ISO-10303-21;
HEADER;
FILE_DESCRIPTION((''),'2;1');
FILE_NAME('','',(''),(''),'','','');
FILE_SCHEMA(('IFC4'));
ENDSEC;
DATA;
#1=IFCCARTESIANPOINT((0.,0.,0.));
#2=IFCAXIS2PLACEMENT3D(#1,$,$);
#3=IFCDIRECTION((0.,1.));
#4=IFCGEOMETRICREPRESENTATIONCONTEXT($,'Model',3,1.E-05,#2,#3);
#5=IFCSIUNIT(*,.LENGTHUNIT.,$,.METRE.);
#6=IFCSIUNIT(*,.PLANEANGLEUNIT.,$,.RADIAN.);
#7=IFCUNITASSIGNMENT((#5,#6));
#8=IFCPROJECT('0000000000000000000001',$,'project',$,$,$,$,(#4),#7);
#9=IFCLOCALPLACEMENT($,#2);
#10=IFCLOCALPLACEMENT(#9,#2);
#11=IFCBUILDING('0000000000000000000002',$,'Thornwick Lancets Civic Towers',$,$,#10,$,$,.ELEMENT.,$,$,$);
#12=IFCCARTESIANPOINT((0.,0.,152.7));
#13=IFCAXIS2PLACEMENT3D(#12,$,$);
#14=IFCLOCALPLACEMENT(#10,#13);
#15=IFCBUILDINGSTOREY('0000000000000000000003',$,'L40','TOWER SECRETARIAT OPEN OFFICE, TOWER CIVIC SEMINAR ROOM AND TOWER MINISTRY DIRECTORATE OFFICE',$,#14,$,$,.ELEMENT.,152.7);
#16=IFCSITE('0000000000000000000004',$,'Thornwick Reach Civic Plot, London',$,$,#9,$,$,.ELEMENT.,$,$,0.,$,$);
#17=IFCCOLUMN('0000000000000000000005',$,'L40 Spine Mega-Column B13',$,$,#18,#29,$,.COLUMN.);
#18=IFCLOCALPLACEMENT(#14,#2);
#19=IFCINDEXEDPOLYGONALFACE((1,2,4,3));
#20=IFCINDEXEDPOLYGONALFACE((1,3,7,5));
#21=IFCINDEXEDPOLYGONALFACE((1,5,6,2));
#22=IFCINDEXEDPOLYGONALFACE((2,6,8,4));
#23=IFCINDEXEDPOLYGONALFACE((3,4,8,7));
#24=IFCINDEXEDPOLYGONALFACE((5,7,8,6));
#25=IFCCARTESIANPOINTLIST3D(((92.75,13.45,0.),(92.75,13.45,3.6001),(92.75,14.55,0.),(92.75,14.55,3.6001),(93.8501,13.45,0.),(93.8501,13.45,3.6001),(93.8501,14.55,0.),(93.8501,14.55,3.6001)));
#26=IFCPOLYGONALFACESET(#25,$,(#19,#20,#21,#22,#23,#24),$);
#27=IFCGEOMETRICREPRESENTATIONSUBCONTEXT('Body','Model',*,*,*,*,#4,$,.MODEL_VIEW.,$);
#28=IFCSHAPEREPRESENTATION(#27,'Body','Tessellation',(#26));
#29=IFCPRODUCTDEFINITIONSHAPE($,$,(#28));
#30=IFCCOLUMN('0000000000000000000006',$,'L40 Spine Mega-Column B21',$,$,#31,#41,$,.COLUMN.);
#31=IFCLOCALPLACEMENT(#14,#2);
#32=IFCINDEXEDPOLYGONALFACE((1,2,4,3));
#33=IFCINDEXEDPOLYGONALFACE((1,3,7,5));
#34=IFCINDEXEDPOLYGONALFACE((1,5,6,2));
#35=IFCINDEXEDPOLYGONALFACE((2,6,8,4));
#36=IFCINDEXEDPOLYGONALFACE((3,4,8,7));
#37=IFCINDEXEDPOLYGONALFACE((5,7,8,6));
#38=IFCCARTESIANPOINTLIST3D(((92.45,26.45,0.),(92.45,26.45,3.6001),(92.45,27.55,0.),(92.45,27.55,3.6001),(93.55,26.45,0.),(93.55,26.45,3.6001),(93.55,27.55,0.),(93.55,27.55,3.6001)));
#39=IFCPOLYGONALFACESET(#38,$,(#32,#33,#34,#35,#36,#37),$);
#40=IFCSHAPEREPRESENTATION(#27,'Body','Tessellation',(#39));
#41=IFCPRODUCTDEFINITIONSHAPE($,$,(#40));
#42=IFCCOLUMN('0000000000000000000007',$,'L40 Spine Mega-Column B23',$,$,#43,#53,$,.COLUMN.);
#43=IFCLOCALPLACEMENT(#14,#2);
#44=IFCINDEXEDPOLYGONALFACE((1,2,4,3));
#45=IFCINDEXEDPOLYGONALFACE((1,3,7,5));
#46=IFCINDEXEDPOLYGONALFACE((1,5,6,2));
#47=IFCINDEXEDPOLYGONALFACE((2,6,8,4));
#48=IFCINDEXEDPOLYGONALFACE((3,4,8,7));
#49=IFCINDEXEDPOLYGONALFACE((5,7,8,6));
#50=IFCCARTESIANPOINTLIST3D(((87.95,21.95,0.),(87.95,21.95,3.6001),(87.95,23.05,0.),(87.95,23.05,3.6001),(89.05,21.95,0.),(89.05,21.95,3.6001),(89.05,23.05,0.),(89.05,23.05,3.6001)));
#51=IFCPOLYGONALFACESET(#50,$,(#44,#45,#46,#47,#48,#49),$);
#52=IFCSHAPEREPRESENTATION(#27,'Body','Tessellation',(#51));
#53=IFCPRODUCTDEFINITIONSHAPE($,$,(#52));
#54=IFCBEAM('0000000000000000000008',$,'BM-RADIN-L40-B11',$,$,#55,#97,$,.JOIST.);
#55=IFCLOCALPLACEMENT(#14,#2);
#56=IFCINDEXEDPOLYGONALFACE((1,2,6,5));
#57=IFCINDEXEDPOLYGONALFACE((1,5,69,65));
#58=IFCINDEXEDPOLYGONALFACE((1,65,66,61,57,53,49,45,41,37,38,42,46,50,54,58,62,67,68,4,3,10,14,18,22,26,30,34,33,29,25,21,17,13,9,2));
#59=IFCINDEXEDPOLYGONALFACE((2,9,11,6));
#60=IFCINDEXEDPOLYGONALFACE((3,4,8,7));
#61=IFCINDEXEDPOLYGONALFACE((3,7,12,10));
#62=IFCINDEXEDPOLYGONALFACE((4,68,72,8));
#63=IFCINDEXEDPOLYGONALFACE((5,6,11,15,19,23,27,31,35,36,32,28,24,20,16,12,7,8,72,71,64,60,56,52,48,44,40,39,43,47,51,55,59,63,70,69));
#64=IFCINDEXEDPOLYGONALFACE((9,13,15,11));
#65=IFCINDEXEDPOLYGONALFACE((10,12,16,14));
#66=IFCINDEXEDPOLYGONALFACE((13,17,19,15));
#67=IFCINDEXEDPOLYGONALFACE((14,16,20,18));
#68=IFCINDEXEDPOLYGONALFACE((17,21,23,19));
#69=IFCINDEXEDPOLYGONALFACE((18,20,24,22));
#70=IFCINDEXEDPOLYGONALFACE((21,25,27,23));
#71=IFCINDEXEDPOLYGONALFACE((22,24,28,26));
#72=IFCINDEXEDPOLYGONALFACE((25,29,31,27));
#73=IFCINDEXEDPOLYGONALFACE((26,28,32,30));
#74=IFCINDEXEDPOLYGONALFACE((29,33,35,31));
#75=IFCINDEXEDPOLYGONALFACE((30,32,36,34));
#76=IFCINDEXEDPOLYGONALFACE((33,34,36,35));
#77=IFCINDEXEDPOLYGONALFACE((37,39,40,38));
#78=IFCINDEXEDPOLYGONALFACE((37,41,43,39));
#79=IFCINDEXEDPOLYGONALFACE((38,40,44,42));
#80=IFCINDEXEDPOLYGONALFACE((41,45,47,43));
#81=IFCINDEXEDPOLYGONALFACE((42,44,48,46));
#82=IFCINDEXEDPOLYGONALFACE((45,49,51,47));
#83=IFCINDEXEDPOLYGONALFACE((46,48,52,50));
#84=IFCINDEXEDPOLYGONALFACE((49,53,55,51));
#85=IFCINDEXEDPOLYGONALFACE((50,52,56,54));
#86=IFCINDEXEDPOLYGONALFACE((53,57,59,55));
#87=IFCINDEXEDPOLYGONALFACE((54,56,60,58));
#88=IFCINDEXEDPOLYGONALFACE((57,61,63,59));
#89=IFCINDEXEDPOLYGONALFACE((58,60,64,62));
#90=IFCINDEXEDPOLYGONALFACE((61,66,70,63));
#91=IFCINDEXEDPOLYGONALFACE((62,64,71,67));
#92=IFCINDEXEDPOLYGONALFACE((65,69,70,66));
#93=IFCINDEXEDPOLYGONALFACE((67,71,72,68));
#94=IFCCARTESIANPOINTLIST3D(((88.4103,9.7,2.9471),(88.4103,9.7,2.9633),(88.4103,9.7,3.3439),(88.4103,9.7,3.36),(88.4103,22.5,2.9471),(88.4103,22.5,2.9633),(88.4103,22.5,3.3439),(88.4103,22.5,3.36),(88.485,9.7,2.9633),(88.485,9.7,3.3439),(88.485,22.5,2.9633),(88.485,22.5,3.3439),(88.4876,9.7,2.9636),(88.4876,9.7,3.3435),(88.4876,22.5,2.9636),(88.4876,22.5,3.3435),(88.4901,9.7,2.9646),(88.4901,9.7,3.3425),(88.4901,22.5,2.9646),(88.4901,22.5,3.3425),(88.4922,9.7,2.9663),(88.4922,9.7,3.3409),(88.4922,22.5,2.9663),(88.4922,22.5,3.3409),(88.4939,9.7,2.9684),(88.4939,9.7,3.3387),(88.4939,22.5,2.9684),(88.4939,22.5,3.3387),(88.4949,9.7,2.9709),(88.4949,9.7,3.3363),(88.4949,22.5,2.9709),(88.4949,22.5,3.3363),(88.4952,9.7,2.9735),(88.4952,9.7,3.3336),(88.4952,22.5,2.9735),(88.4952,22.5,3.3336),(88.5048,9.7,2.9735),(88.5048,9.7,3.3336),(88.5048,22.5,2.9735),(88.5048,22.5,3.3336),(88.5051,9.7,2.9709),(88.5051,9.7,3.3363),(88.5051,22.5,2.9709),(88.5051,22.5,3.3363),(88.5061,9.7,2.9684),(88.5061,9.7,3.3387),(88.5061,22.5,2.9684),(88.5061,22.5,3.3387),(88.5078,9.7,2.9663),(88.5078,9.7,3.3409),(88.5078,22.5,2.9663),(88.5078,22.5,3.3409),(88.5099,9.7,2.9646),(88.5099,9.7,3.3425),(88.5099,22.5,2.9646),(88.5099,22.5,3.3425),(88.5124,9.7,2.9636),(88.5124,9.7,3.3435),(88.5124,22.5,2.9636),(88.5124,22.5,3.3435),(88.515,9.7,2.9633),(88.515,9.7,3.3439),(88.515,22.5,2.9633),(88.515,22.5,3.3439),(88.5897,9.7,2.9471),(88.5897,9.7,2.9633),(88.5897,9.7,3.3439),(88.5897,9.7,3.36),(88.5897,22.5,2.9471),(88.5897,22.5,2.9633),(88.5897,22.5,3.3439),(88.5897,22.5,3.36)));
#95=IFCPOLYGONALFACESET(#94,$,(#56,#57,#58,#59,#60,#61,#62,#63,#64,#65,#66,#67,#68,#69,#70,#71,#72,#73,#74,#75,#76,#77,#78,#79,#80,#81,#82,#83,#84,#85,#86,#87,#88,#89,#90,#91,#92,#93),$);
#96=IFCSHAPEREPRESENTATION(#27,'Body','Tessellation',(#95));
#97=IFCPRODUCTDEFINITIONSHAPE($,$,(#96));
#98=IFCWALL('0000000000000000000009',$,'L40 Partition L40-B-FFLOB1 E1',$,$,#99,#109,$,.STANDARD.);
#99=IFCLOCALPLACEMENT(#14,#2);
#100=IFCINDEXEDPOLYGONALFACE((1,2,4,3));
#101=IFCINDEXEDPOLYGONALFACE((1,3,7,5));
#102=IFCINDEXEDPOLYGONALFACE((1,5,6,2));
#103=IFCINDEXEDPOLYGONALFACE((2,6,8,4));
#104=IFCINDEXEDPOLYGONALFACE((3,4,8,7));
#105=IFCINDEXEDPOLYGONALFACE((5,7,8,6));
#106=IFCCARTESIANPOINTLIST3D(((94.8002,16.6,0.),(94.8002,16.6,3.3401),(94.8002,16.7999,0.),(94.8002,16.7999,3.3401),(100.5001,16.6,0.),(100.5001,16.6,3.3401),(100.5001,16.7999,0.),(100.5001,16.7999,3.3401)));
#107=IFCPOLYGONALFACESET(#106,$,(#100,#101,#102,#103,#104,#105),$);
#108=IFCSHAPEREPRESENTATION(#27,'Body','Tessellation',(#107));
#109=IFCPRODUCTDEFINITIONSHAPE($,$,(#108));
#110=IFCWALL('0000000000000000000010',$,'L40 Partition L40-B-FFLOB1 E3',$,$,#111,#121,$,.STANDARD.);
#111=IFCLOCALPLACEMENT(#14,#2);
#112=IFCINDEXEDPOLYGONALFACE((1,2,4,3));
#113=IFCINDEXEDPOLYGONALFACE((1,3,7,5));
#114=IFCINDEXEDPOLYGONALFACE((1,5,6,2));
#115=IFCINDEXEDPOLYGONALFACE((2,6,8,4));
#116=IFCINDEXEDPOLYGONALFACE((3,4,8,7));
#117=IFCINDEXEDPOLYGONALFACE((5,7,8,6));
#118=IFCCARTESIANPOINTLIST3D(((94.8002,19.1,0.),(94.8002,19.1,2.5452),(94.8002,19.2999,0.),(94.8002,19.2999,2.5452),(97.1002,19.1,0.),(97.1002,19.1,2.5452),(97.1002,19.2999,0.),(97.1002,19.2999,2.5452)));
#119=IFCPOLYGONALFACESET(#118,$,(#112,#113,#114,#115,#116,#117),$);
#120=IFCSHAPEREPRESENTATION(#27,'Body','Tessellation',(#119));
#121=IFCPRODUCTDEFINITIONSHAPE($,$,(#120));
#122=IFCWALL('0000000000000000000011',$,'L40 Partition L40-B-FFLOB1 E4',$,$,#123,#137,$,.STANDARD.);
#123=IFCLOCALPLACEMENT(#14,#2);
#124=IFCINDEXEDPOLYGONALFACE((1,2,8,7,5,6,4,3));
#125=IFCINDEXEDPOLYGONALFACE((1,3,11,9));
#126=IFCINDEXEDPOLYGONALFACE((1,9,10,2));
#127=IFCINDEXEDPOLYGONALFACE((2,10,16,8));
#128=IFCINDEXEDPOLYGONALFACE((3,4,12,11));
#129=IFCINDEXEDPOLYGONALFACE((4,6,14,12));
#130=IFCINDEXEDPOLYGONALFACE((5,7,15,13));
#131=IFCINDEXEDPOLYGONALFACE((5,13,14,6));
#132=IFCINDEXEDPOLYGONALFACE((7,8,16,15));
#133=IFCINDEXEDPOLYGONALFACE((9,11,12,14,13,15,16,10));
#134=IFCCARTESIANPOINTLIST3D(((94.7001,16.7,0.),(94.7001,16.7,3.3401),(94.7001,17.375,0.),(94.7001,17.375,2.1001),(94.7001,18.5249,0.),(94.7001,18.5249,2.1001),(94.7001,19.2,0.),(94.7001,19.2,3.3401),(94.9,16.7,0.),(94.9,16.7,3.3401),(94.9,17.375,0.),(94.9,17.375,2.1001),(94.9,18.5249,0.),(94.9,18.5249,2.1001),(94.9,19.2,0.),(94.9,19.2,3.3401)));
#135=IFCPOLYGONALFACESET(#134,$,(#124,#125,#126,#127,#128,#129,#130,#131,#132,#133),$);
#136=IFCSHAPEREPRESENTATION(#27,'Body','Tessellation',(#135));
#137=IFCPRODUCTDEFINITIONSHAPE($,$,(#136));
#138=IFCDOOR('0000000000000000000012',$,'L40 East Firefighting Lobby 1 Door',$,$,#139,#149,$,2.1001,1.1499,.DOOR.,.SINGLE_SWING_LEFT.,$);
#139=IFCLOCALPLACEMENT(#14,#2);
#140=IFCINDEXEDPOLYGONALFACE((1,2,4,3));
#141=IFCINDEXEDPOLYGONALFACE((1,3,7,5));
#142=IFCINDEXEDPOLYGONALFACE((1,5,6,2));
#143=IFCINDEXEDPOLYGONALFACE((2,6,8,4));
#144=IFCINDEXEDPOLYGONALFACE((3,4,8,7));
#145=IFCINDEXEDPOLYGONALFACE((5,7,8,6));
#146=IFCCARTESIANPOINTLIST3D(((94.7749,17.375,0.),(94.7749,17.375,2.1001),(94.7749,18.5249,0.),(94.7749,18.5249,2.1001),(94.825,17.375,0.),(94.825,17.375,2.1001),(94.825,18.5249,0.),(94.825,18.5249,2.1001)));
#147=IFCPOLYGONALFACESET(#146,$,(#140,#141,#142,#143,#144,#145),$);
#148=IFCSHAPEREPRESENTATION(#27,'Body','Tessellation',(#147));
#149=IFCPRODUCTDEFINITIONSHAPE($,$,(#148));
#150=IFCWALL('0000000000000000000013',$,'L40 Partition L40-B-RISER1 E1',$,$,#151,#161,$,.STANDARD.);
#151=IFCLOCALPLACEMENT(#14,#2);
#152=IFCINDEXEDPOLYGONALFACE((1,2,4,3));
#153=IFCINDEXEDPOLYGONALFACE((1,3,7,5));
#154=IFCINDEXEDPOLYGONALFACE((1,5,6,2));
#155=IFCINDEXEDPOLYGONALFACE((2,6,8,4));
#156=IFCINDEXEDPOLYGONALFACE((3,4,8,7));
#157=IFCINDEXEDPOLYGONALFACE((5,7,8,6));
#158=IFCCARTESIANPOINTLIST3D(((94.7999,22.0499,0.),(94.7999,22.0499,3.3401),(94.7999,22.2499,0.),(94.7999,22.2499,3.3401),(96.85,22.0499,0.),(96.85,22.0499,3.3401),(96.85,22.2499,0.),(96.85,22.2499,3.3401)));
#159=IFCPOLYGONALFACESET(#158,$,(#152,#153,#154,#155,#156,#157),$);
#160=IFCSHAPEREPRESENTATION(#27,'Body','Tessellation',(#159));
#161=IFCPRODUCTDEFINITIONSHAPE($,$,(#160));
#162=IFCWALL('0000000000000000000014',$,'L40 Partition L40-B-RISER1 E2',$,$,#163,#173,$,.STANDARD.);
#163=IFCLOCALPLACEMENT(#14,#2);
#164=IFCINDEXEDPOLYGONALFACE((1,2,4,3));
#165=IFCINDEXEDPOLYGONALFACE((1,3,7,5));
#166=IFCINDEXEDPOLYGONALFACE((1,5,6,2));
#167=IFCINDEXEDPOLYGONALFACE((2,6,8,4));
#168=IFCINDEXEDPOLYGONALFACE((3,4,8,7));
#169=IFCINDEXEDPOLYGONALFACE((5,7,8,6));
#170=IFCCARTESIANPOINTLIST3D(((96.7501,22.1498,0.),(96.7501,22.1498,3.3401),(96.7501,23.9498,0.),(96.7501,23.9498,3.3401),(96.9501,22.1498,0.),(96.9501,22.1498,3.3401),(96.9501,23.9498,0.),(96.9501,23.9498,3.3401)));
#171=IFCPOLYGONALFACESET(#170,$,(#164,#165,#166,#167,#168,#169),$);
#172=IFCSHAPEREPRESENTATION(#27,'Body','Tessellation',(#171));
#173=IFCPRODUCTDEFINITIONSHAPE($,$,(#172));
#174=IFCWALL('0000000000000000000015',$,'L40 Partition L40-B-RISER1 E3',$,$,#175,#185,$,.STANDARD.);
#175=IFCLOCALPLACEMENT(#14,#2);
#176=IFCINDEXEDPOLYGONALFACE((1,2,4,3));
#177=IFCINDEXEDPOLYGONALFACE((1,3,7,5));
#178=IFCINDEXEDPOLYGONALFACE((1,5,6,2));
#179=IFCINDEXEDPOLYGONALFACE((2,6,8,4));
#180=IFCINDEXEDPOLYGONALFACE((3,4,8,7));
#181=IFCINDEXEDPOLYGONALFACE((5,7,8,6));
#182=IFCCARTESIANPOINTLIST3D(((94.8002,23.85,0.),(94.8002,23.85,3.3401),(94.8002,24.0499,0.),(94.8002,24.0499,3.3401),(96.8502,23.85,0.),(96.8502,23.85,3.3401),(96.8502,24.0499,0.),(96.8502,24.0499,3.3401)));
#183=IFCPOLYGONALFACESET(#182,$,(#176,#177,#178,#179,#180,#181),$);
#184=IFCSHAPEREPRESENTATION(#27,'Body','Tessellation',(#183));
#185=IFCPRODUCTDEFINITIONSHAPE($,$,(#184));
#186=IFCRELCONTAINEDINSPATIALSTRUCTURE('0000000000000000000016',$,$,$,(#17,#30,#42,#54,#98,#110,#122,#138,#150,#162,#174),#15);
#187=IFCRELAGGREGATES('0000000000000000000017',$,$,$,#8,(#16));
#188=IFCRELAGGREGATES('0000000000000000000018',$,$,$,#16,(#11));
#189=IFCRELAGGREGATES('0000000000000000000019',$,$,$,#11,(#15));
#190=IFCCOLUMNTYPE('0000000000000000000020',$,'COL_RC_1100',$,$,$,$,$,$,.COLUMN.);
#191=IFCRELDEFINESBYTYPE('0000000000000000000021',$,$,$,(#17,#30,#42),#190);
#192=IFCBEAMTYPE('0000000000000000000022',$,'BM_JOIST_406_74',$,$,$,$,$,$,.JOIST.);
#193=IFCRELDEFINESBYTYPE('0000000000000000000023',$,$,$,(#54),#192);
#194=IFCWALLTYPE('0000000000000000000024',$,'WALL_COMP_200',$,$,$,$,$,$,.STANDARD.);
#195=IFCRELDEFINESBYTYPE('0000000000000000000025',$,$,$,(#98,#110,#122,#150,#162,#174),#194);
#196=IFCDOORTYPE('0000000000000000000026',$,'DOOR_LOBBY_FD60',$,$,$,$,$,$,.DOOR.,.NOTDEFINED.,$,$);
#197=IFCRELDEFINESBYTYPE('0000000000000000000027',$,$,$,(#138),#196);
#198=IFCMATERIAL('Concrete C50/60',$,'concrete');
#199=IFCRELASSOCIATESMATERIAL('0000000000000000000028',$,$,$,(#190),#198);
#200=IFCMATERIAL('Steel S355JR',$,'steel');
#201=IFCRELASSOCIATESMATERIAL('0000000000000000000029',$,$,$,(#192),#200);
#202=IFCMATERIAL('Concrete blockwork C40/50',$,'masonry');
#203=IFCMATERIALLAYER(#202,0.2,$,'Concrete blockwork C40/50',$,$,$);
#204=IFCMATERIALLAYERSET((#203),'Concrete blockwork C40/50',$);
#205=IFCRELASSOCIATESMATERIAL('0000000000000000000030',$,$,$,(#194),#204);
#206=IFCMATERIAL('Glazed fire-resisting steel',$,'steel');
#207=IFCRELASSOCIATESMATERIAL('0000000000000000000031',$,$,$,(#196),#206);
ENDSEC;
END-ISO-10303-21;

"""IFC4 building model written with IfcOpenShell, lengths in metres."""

from ifc_helpers import new_model, si_unit, direction, frame, frame_2d, origin, origin_2d, place, context, subcontext, project, spatial, rectangle, i_section, extrude, material, layer, layer_set, material_profile, profile_set, type_object, element, fill, save


model = new_model("IFC4")

# Units and contexts
model_context = context("Model", 3, precision=1e-05, world=origin(), true_north=direction((0.0, 1.0)))
body_context = subcontext(model_context, "Body", "Model", "MODEL_VIEW")
ifc_project = project(units=[si_unit("LENGTHUNIT", "METRE"), si_unit("PLANEANGLEUNIT", "RADIAN")], contexts=[model_context])

# Site, building, storey
site_placement = place(None, origin())
site = spatial("IfcSite", under=ifc_project, at=site_placement, Name="Thornwick Reach Civic Plot, London", CompositionType="ELEMENT", RefElevation=0.0)
building_placement = place(site_placement, origin())
building = spatial("IfcBuilding", under=site, at=building_placement, Name="Thornwick Lancets Civic Towers", CompositionType="ELEMENT")
storey_placement = place(building_placement, frame((0.0, 0.0, 152.7)))
storey = spatial("IfcBuildingStorey", under=building, at=storey_placement, Name="L40", Description="TOWER SECRETARIAT OPEN OFFICE, TOWER CIVIC SEMINAR ROOM AND TOWER MINISTRY DIRECTORATE OFFICE", CompositionType="ELEMENT", Elevation=152.7)

# Columns
ifc_material_1 = material(Name="Concrete C50/60", Category="concrete")
ifc_material_profile_1 = material_profile(ifc_material_1, rectangle(XDim=1.1001, YDim=1.1001, at=origin_2d()), Name="RC 1100x1100")
ifc_profile_set_1 = profile_set([ifc_material_profile_1], Name="Concrete C50/60")
column_type = type_object("IfcColumnType", Name="COL_RC_1100", PredefinedType="COLUMN", material=ifc_profile_set_1)
for number, where, z_axis, x_axis, name in (
    (1, (93.3, 14.0, 0.0), (0.0, 0.0, 1.0), (1.0, 0.0, 0.0), "L40 Spine Mega-Column B13"),
    (2, (93.0, 27.0, 0.0), (0.0, 0.0, 1.0), (1.0, 0.0, 0.0), "L40 Spine Mega-Column B21"),
    (3, (88.5, 22.5, 0.0), (0.0, 0.0, 1.0), (1.0, 0.0, 0.0), "L40 Spine Mega-Column B23"),
):
    element("IfcColumn", number, at=place(storey_placement, frame(where, z_axis=z_axis, x_axis=x_axis)), inside=storey, type_object=column_type, Name=name, PredefinedType="COLUMN", context=body_context, shape_type="SweptSolid", body=[
        extrude(rectangle(XDim=1.1001, YDim=1.1001, at=origin_2d()), origin(), (0.0, 0.0, 1.0), 3.6001),
    ])

# Beam
ifc_material_2 = material(Name="Steel S355JR", Category="steel")
ifc_material_profile_2 = material_profile(ifc_material_2, i_section(OverallWidth=0.1794, OverallDepth=0.4128, WebThickness=0.0095, FlangeThickness=0.0161, FilletRadius=0.0103, at=origin_2d()), Name="UKB 406x178x74")
ifc_profile_set_2 = profile_set([ifc_material_profile_2], Name="Steel S355JR")
beam_type = type_object("IfcBeamType", Name="BM_JOIST_406_74", PredefinedType="JOIST", material=ifc_profile_set_2)
beam_placement = place(storey_placement, frame((88.5, 22.5, 3.1536), z_axis=(0.0, -1.0, 0.0), x_axis=(1.0, 0.0, 0.0)))
element("IfcBeam", 4, at=beam_placement, inside=storey, type_object=beam_type, Name="BM-RADIN-L40-B11", PredefinedType="JOIST", context=body_context, shape_type="SweptSolid", body=[
    extrude(i_section(OverallWidth=0.1794, OverallDepth=0.4128, WebThickness=0.0095, FlangeThickness=0.0161, FilletRadius=0.0103, at=origin_2d()), origin(), (0.0, 0.0, 1.0), 12.8),
])

# Walls
ifc_material_3 = material(Name="Concrete blockwork C40/50", Category="masonry")
ifc_layer_1 = layer(ifc_material_3, 0.2, Name="Concrete blockwork C40/50")
ifc_layer_set_1 = layer_set([ifc_layer_1], Name="Concrete blockwork C40/50")
wall_type_1 = type_object("IfcWallType", Name="WALL_COMP_200", PredefinedType="STANDARD", material=ifc_layer_set_1)
wall_1_placement = place(storey_placement, frame((94.8, 16.7, 0.0), z_axis=(0.0, 0.0, 1.0), x_axis=(1.0, 0.0, 0.0)))
element("IfcWall", 5, at=wall_1_placement, inside=storey, type_object=wall_type_1, Name="L40 Partition L40-B-FFLOB1 E1", PredefinedType="STANDARD", context=body_context, shape_type="SweptSolid", body=[
    extrude(rectangle(XDim=5.7, YDim=0.2, at=frame_2d((2.8501, 0.0))), origin(), (0.0, 0.0, 1.0), 3.3401),
])
wall_2_placement = place(storey_placement, frame((97.1001, 19.2, 0.0), z_axis=(0.0, 0.0, 1.0), x_axis=(-1.0, 0.0, 0.0)))
element("IfcWall", 6, at=wall_2_placement, inside=storey, type_object=wall_type_1, Name="L40 Partition L40-B-FFLOB1 E3", PredefinedType="STANDARD", context=body_context, shape_type="SweptSolid", body=[
    extrude(rectangle(XDim=2.3, YDim=0.2, at=frame_2d((1.1499, 0.0))), origin(), (0.0, 0.0, 1.0), 2.5452),
])

# Wall, opening, door
wall_3_placement = place(storey_placement, frame((94.8, 19.2, 0.0), z_axis=(0.0, 0.0, 1.0), x_axis=(0.0, -1.0, 0.0)))
wall_3 = element("IfcWall", 7, at=wall_3_placement, inside=storey, type_object=wall_type_1, Name="L40 Partition L40-B-FFLOB1 E4", PredefinedType="STANDARD", context=body_context, shape_type="SweptSolid", body=[
    extrude(rectangle(XDim=2.5, YDim=0.2, at=frame_2d((1.25, 0.0))), origin(), (0.0, 0.0, 1.0), 3.3401),
])
opening_1_placement = place(wall_3_placement, frame((0.675, 0.0, 0.0)))
opening_1 = element("IfcOpeningElement", 8, at=opening_1_placement, cuts=wall_3, PredefinedType="OPENING", context=body_context, shape_type="SweptSolid", body=[
    extrude(rectangle(XDim=1.1499, YDim=2.1001, at=frame_2d((0.575, 1.05))), frame((0.0, 0.1099, 0.0), z_axis=(0.0, -1.0, 0.0), x_axis=(1.0, 0.0, 0.0)), (0.0, 0.0, 1.0), 0.22),
])
ifc_material_4 = material(Name="Glazed fire-resisting steel", Category="steel")
door_type_1 = type_object("IfcDoorType", Name="DOOR_LOBBY_FD60", OperationType="NOTDEFINED", PredefinedType="DOOR", material=ifc_material_4)
door_1_placement = place(opening_1_placement, origin())
door_1 = element("IfcDoor", 9, at=door_1_placement, inside=storey, type_object=door_type_1, Name="L40 East Firefighting Lobby 1 Door", OperationType="SINGLE_SWING_LEFT", OverallHeight=2.1001, OverallWidth=1.1499, PredefinedType="DOOR", context=body_context, shape_type="SweptSolid", body=[
    extrude(rectangle(XDim=1.1499, YDim=2.1001, at=frame_2d((0.575, 1.05))), frame((0.0, 0.0249, 0.0), z_axis=(0.0, -1.0, 0.0), x_axis=(1.0, 0.0, 0.0)), (0.0, 0.0, 1.0), 0.05),
])
fill(opening_1, door_1)

# Walls
wall_4_placement = place(storey_placement, frame((94.8, 22.1499, 0.0), z_axis=(0.0, 0.0, 1.0), x_axis=(1.0, 0.0, 0.0)))
element("IfcWall", 10, at=wall_4_placement, inside=storey, type_object=wall_type_1, Name="L40 Partition L40-B-RISER1 E1", PredefinedType="STANDARD", context=body_context, shape_type="SweptSolid", body=[
    extrude(rectangle(XDim=2.05, YDim=0.2, at=frame_2d((1.0249, 0.0))), origin(), (0.0, 0.0, 1.0), 3.3401),
])
wall_5_placement = place(storey_placement, frame((96.8501, 22.1499, 0.0), z_axis=(0.0, 0.0, 1.0), x_axis=(0.0, 1.0, 0.0)))
element("IfcWall", 11, at=wall_5_placement, inside=storey, type_object=wall_type_1, Name="L40 Partition L40-B-RISER1 E2", PredefinedType="STANDARD", context=body_context, shape_type="SweptSolid", body=[
    extrude(rectangle(XDim=1.8, YDim=0.2, at=frame_2d((0.8999, 0.0))), origin(), (0.0, 0.0, 1.0), 3.3401),
])
wall_6_placement = place(storey_placement, frame((96.8501, 23.95, 0.0), z_axis=(0.0, 0.0, 1.0), x_axis=(-1.0, 0.0, 0.0)))
element("IfcWall", 12, at=wall_6_placement, inside=storey, type_object=wall_type_1, Name="L40 Partition L40-B-RISER1 E3", PredefinedType="STANDARD", context=body_context, shape_type="SweptSolid", body=[
    extrude(rectangle(XDim=2.05, YDim=0.2, at=frame_2d((1.0249, 0.0))), origin(), (0.0, 0.0, 1.0), 3.3401),
])

save(model, "model.ifc")
